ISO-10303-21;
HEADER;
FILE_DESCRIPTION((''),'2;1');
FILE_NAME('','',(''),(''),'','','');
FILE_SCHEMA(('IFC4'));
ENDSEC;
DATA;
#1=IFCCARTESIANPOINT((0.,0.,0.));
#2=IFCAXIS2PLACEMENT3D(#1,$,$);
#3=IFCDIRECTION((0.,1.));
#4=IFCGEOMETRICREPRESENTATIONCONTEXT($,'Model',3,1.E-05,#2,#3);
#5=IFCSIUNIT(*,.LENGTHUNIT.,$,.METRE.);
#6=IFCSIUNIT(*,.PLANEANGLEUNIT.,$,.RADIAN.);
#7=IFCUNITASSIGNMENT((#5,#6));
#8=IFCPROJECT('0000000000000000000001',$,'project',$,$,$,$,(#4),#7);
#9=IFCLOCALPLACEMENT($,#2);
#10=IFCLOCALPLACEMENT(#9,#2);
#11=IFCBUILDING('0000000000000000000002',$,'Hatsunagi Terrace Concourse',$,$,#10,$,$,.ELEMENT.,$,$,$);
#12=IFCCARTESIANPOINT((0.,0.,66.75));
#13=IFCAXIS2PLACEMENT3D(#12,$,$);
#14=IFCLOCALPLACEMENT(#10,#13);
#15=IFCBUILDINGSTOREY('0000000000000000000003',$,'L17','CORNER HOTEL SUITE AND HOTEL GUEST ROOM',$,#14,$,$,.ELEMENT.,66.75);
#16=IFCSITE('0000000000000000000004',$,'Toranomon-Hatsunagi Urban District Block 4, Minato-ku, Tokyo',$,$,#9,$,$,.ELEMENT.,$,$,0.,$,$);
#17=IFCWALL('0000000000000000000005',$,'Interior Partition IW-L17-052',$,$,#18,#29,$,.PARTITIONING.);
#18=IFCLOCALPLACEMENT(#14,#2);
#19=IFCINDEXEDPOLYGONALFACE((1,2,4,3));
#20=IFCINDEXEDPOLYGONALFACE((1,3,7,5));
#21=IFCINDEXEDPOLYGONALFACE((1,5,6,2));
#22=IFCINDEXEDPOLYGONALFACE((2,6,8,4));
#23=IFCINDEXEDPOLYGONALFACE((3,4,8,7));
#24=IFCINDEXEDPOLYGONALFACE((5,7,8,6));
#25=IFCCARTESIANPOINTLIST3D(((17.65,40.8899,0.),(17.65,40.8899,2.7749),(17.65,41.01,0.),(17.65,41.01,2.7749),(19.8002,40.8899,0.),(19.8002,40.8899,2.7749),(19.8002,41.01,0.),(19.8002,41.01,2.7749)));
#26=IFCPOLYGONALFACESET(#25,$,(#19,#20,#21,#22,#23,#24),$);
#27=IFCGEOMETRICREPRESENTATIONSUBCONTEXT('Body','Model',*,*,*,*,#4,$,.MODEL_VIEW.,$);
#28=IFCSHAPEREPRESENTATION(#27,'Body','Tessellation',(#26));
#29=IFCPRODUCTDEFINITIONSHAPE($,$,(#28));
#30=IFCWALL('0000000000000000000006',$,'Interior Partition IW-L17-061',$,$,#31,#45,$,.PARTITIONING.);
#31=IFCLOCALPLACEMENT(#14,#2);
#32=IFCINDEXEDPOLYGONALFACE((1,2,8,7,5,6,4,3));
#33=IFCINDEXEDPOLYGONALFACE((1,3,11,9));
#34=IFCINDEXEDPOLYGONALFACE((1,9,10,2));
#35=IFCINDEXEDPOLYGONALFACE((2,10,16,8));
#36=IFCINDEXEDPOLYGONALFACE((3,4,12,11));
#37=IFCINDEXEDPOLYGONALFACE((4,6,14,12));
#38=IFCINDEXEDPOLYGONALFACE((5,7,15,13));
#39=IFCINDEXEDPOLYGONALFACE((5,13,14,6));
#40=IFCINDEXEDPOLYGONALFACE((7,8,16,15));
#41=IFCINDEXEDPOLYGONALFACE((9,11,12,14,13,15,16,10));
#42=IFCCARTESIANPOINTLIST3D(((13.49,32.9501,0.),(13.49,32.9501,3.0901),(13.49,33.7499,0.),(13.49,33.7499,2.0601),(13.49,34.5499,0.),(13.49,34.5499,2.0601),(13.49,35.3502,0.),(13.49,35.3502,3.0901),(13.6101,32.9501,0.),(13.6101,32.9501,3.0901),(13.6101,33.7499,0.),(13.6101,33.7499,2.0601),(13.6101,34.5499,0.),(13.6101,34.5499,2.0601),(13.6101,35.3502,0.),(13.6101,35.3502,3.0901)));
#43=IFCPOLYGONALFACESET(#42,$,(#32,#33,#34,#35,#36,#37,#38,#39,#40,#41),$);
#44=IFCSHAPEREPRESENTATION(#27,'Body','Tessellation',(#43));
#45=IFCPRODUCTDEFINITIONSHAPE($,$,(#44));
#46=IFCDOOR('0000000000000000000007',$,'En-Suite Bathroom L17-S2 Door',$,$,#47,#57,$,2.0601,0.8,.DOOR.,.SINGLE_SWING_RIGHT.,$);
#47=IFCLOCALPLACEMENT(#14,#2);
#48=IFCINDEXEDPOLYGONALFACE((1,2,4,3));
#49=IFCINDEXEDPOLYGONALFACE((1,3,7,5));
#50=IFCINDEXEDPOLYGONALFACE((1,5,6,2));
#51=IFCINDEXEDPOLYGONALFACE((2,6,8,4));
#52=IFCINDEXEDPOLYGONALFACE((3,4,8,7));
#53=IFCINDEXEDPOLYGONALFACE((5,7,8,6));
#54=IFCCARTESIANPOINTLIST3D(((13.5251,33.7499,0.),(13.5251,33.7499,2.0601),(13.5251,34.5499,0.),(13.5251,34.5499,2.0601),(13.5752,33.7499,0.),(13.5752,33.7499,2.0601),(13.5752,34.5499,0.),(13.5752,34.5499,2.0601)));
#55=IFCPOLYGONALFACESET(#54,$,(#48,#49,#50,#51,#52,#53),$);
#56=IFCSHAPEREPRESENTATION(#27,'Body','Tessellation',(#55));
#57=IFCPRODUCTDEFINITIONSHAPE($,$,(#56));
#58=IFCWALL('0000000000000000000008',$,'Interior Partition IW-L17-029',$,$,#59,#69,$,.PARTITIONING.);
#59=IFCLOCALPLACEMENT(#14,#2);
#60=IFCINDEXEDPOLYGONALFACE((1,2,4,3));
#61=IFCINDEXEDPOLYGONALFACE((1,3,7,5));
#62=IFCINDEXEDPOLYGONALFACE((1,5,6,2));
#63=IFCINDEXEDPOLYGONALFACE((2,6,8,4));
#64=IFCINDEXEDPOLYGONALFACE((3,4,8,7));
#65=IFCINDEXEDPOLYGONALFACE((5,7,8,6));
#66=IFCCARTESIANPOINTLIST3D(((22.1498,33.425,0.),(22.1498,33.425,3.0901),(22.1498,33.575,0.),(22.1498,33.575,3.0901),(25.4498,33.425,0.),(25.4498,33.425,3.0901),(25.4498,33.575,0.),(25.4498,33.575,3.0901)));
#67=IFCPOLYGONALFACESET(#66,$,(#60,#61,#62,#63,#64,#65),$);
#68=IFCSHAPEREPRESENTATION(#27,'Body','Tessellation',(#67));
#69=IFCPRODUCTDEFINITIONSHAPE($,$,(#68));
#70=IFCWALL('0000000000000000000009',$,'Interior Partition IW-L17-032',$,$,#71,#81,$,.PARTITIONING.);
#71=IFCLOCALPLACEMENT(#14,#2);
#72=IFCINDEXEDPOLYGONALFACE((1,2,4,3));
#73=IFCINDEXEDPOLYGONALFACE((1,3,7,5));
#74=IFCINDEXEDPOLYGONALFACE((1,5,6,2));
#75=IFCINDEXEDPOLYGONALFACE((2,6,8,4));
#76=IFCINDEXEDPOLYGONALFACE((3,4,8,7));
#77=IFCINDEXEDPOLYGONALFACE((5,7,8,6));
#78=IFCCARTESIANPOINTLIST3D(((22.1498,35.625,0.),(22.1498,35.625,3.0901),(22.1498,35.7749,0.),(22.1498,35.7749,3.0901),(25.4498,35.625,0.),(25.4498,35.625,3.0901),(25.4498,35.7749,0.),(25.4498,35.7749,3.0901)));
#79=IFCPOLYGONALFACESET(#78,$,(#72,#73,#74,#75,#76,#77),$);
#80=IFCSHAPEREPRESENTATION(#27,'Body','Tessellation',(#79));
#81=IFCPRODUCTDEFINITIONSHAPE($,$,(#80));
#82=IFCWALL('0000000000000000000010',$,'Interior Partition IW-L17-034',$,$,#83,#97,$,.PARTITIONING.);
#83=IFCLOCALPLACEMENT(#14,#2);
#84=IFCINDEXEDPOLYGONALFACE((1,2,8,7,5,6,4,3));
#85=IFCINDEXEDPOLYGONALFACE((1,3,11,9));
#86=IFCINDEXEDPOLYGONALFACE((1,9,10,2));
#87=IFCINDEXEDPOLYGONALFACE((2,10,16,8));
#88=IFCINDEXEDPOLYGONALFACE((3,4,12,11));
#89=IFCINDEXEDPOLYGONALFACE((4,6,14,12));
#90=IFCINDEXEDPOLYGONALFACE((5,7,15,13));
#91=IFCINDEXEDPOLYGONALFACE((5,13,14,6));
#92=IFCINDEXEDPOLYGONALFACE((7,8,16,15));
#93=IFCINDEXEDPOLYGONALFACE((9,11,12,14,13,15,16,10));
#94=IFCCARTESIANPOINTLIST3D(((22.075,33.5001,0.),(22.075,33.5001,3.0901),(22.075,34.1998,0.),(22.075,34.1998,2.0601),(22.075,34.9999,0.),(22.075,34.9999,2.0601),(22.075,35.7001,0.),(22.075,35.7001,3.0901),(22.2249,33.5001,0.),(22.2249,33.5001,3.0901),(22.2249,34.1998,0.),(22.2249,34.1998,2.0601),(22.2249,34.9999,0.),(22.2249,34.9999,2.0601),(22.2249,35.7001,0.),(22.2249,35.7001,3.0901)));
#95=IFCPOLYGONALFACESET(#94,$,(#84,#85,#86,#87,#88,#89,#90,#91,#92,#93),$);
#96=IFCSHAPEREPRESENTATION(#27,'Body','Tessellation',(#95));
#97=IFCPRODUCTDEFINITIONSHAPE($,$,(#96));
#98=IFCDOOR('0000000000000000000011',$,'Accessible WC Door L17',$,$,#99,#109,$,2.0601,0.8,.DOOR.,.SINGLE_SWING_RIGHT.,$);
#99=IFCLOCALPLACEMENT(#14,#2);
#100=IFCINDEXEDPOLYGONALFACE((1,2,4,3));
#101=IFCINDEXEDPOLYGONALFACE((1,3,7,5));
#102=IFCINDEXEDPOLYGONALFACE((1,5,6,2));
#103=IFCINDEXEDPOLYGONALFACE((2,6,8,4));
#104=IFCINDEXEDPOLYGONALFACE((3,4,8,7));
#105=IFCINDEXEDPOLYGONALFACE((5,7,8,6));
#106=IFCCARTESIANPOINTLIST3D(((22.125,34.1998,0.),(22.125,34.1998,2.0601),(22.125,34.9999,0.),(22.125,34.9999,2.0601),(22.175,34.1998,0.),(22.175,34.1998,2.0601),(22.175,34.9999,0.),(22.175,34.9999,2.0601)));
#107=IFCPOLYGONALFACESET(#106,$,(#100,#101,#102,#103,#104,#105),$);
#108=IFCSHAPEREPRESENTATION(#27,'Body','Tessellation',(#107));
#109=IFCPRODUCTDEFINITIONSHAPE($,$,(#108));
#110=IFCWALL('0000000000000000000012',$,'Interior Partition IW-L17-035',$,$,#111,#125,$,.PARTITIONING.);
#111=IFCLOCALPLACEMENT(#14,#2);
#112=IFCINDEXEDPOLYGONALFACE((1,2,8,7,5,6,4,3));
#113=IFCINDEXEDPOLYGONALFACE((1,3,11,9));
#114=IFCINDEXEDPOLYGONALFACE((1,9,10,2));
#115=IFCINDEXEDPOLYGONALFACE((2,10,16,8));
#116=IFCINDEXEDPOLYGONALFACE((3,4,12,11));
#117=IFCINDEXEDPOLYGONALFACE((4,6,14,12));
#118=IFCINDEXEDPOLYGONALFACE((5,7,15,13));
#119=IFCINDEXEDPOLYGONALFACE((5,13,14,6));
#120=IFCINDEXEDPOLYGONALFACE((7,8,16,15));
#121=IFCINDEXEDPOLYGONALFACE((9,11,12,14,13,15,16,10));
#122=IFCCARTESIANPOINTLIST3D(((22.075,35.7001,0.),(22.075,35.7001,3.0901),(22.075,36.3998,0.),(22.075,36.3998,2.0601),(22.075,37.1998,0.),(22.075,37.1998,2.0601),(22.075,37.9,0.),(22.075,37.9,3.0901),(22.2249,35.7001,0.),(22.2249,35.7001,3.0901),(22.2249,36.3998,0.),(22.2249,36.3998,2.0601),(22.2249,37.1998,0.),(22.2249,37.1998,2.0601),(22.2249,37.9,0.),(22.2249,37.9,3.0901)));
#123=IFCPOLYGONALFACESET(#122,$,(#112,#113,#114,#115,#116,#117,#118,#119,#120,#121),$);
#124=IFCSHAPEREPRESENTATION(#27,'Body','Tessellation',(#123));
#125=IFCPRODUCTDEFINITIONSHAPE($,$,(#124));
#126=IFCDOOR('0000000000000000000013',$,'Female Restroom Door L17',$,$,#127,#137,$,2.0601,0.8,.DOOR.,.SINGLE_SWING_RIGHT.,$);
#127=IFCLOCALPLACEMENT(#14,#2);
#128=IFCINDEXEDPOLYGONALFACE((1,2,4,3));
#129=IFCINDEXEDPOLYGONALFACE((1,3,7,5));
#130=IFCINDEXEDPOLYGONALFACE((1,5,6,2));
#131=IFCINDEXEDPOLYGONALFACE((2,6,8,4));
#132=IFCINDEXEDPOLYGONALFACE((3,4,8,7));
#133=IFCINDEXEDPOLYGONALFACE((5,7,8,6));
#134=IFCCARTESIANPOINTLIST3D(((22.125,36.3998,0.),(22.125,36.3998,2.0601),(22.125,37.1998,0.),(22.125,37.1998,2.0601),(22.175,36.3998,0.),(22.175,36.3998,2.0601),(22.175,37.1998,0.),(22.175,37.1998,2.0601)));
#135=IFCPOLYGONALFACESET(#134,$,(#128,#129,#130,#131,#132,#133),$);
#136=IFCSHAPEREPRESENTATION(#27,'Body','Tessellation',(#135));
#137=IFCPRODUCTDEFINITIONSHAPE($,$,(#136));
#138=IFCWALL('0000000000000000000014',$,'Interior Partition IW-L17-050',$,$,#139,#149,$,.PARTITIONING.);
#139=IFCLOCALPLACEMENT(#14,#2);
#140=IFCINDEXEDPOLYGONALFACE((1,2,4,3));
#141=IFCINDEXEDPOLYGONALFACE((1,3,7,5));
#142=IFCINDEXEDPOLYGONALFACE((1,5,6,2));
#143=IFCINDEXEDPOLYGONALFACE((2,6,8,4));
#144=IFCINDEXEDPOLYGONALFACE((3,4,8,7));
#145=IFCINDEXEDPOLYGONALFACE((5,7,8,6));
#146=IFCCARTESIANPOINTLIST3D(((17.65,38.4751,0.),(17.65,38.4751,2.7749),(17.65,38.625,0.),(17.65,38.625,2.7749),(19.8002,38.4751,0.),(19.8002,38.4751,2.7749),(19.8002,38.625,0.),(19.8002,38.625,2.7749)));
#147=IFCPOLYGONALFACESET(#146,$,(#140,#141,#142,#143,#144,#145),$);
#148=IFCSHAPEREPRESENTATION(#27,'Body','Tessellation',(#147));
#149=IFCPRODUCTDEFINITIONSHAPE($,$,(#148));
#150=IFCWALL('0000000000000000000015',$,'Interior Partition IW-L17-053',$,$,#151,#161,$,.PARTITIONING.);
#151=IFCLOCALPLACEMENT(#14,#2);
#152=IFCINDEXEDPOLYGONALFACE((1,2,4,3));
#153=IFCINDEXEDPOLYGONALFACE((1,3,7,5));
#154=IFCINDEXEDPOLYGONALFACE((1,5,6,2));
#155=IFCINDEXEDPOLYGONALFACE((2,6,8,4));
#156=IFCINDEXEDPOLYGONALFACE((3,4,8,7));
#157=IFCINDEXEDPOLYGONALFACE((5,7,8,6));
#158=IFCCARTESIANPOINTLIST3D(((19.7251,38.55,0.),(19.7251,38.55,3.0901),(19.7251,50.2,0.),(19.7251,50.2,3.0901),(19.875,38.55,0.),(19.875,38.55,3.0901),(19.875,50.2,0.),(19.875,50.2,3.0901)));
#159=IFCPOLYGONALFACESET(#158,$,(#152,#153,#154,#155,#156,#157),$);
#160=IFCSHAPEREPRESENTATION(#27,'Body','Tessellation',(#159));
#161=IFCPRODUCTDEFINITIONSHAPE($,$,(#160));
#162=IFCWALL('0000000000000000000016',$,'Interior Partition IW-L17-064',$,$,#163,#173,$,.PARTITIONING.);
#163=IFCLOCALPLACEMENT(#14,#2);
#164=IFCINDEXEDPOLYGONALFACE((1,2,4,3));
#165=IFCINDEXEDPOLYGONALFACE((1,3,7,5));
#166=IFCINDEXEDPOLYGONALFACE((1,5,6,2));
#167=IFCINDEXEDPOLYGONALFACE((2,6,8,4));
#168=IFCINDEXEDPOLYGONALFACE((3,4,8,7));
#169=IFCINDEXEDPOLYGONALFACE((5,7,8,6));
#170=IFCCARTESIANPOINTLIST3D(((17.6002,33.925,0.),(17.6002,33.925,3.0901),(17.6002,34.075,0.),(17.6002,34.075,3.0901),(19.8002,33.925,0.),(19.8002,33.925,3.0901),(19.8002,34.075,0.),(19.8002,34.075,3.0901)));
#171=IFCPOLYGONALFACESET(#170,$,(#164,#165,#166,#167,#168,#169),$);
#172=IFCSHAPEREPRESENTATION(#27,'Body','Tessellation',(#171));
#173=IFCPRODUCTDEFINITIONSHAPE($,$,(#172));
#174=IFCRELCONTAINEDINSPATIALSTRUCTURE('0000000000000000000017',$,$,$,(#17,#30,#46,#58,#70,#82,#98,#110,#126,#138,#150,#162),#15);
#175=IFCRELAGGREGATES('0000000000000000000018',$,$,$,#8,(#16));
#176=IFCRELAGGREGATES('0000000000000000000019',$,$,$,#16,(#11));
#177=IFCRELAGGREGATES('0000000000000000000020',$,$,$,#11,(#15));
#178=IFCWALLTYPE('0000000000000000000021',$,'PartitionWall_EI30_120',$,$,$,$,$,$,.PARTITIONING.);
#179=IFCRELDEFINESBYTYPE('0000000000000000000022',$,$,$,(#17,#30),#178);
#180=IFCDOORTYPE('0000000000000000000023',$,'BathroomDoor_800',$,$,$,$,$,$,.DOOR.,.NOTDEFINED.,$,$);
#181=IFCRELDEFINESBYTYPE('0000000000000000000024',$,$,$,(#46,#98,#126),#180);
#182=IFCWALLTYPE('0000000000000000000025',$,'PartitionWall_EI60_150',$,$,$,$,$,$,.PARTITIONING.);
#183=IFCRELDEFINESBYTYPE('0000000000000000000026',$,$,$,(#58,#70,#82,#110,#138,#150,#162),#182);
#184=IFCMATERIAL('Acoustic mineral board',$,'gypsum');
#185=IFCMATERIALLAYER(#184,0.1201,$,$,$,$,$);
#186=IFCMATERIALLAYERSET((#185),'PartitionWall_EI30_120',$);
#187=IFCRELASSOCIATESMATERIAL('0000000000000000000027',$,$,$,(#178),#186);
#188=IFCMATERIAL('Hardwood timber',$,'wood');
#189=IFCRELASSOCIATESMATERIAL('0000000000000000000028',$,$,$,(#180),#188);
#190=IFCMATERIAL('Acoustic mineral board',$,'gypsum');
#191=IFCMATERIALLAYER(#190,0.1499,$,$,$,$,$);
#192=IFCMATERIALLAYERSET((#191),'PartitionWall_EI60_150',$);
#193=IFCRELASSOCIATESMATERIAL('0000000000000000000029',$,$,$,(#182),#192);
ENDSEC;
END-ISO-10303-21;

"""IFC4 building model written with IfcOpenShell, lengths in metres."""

from ifc_helpers import new_model, si_unit, direction, frame, frame_2d, origin, place, context, subcontext, project, spatial, rectangle, extrude, material, layer, layer_set, type_object, element, fill, save


model = new_model("IFC4")

# Units and contexts
model_context = context("Model", 3, precision=1e-05, world=origin(), true_north=direction((0.0, 1.0)))
body_context = subcontext(model_context, "Body", "Model", "MODEL_VIEW")
ifc_project = project(units=[si_unit("LENGTHUNIT", "METRE"), si_unit("PLANEANGLEUNIT", "RADIAN")], contexts=[model_context])

# Site, building, storey
site_placement = place(None, origin())
site = spatial("IfcSite", under=ifc_project, at=site_placement, Name="Toranomon-Hatsunagi Urban District Block 4, Minato-ku, Tokyo", CompositionType="ELEMENT", RefElevation=0.0)
building_placement = place(site_placement, origin())
building = spatial("IfcBuilding", under=site, at=building_placement, Name="Hatsunagi Terrace Concourse", CompositionType="ELEMENT")
storey_placement = place(building_placement, frame((0.0, 0.0, 66.75)))
storey = spatial("IfcBuildingStorey", under=building, at=storey_placement, Name="L17", Description="CORNER HOTEL SUITE AND HOTEL GUEST ROOM", CompositionType="ELEMENT", Elevation=66.75)

# Shared definitions
ifc_material_1 = material(Name="Acoustic mineral board", Category="gypsum")
ifc_layer_1 = layer(ifc_material_1, 0.1201)
ifc_layer_set_1 = layer_set([ifc_layer_1], Name="PartitionWall_EI30_120")
wall_type_1 = type_object("IfcWallType", Name="PartitionWall_EI30_120", PredefinedType="PARTITIONING", material=ifc_layer_set_1)
ifc_material_2 = material(Name="Hardwood timber", Category="wood")
door_type_1 = type_object("IfcDoorType", Name="BathroomDoor_800", OperationType="NOTDEFINED", PredefinedType="DOOR", material=ifc_material_2)

# Wall
wall_1_placement = place(storey_placement, frame((17.6499, 40.95, 0.0), z_axis=(0.0, 0.0, 1.0), x_axis=(1.0, 0.0, 0.0)))
element("IfcWall", 1, at=wall_1_placement, inside=storey, type_object=wall_type_1, Name="Interior Partition IW-L17-052", PredefinedType="PARTITIONING", context=body_context, shape_type="SweptSolid", body=[
    extrude(rectangle(XDim=2.1501, YDim=0.1201, at=frame_2d((1.0752, 0.0))), origin(), (0.0, 0.0, 1.0), 2.7749),
])

# Wall, opening, door
wall_2_placement = place(storey_placement, frame((13.55, 32.95, 0.0), z_axis=(0.0, 0.0, 1.0), x_axis=(0.0, 1.0, 0.0)))
wall_2 = element("IfcWall", 2, at=wall_2_placement, inside=storey, type_object=wall_type_1, Name="Interior Partition IW-L17-061", PredefinedType="PARTITIONING", context=body_context, shape_type="SweptSolid", body=[
    extrude(rectangle(XDim=2.4001, YDim=0.1201, at=frame_2d((1.2002, 0.0))), origin(), (0.0, 0.0, 1.0), 3.0901),
])
opening_1_placement = place(wall_2_placement, frame((0.8, 0.0, 0.0)))
opening_1 = element("IfcOpeningElement", 3, at=opening_1_placement, cuts=wall_2, PredefinedType="OPENING", context=body_context, shape_type="SweptSolid", body=[
    extrude(rectangle(XDim=0.8, YDim=2.0601, at=frame_2d((0.3999, 1.03))), frame((0.0, 0.0701, 0.0), z_axis=(0.0, -1.0, 0.0), x_axis=(1.0, 0.0, 0.0)), (0.0, 0.0, 1.0), 0.1401),
])
door_1_placement = place(opening_1_placement, origin())
door_1 = element("IfcDoor", 4, at=door_1_placement, inside=storey, type_object=door_type_1, Name="En-Suite Bathroom L17-S2 Door", OperationType="SINGLE_SWING_RIGHT", OverallHeight=2.0601, OverallWidth=0.8, PredefinedType="DOOR", context=body_context, shape_type="SweptSolid", body=[
    extrude(rectangle(XDim=0.8, YDim=2.0601, at=frame_2d((0.3999, 1.03))), frame((0.0, 0.0249, 0.0), z_axis=(0.0, -1.0, 0.0), x_axis=(1.0, 0.0, 0.0)), (0.0, 0.0, 1.0), 0.05),
])
fill(opening_1, door_1)

# Walls
ifc_material_3 = material(Name="Acoustic mineral board", Category="gypsum")
ifc_layer_2 = layer(ifc_material_3, 0.1499)
ifc_layer_set_2 = layer_set([ifc_layer_2], Name="PartitionWall_EI60_150")
wall_type_2 = type_object("IfcWallType", Name="PartitionWall_EI60_150", PredefinedType="PARTITIONING", material=ifc_layer_set_2)
for number, where, z_axis, x_axis, name in (
    (5, (22.1499, 33.5, 0.0), (0.0, 0.0, 1.0), (1.0, 0.0, 0.0), "Interior Partition IW-L17-029"),
    (6, (22.1499, 35.7, 0.0), (0.0, 0.0, 1.0), (1.0, 0.0, 0.0), "Interior Partition IW-L17-032"),
):
    element("IfcWall", number, at=place(storey_placement, frame(where, z_axis=z_axis, x_axis=x_axis)), inside=storey, type_object=wall_type_2, Name=name, PredefinedType="PARTITIONING", context=body_context, shape_type="SweptSolid", body=[
        extrude(rectangle(XDim=3.3, YDim=0.1499, at=frame_2d((1.6499, 0.0))), origin(), (0.0, 0.0, 1.0), 3.0901),
    ])

# Walls, openings, doors
wall_3_placement = place(storey_placement, frame((22.1499, 33.5, 0.0), z_axis=(0.0, 0.0, 1.0), x_axis=(0.0, 1.0, 0.0)))
wall_3 = element("IfcWall", 7, at=wall_3_placement, inside=storey, type_object=wall_type_2, Name="Interior Partition IW-L17-034", PredefinedType="PARTITIONING", context=body_context, shape_type="SweptSolid", body=[
    extrude(rectangle(XDim=2.2, YDim=0.1499, at=frame_2d((1.1001, 0.0))), origin(), (0.0, 0.0, 1.0), 3.0901),
])
opening_2_placement = place(wall_3_placement, frame((0.7, 0.0, 0.0)))
opening_2 = element("IfcOpeningElement", 8, at=opening_2_placement, cuts=wall_3, PredefinedType="OPENING", context=body_context, shape_type="SweptSolid", body=[
    extrude(rectangle(XDim=0.8, YDim=2.0601, at=frame_2d((0.3999, 1.03))), frame((0.0, 0.085, 0.0), z_axis=(0.0, -1.0, 0.0), x_axis=(1.0, 0.0, 0.0)), (0.0, 0.0, 1.0), 0.1699),
])
door_2_placement = place(opening_2_placement, origin())
door_2 = element("IfcDoor", 9, at=door_2_placement, inside=storey, type_object=door_type_1, Name="Accessible WC Door L17", OperationType="SINGLE_SWING_RIGHT", OverallHeight=2.0601, OverallWidth=0.8, PredefinedType="DOOR", context=body_context, shape_type="SweptSolid", body=[
    extrude(rectangle(XDim=0.8, YDim=2.0601, at=frame_2d((0.3999, 1.03))), frame((0.0, 0.0249, 0.0), z_axis=(0.0, -1.0, 0.0), x_axis=(1.0, 0.0, 0.0)), (0.0, 0.0, 1.0), 0.05),
])
fill(opening_2, door_2)
wall_4_placement = place(storey_placement, frame((22.1499, 35.7, 0.0), z_axis=(0.0, 0.0, 1.0), x_axis=(0.0, 1.0, 0.0)))
wall_4 = element("IfcWall", 10, at=wall_4_placement, inside=storey, type_object=wall_type_2, Name="Interior Partition IW-L17-035", PredefinedType="PARTITIONING", context=body_context, shape_type="SweptSolid", body=[
    extrude(rectangle(XDim=2.2, YDim=0.1499, at=frame_2d((1.1001, 0.0))), origin(), (0.0, 0.0, 1.0), 3.0901),
])
opening_3_placement = place(wall_4_placement, frame((0.7, 0.0, 0.0)))
opening_3 = element("IfcOpeningElement", 11, at=opening_3_placement, cuts=wall_4, PredefinedType="OPENING", context=body_context, shape_type="SweptSolid", body=[
    extrude(rectangle(XDim=0.8, YDim=2.0601, at=frame_2d((0.3999, 1.03))), frame((0.0, 0.085, 0.0), z_axis=(0.0, -1.0, 0.0), x_axis=(1.0, 0.0, 0.0)), (0.0, 0.0, 1.0), 0.1699),
])
door_3_placement = place(opening_3_placement, origin())
door_3 = element("IfcDoor", 12, at=door_3_placement, inside=storey, type_object=door_type_1, Name="Female Restroom Door L17", OperationType="SINGLE_SWING_RIGHT", OverallHeight=2.0601, OverallWidth=0.8, PredefinedType="DOOR", context=body_context, shape_type="SweptSolid", body=[
    extrude(rectangle(XDim=0.8, YDim=2.0601, at=frame_2d((0.3999, 1.03))), frame((0.0, 0.0249, 0.0), z_axis=(0.0, -1.0, 0.0), x_axis=(1.0, 0.0, 0.0)), (0.0, 0.0, 1.0), 0.05),
])
fill(opening_3, door_3)

# Walls
wall_5_placement = place(storey_placement, frame((17.6499, 38.55, 0.0), z_axis=(0.0, 0.0, 1.0), x_axis=(1.0, 0.0, 0.0)))
element("IfcWall", 13, at=wall_5_placement, inside=storey, type_object=wall_type_2, Name="Interior Partition IW-L17-050", PredefinedType="PARTITIONING", context=body_context, shape_type="SweptSolid", body=[
    extrude(rectangle(XDim=2.1501, YDim=0.1499, at=frame_2d((1.0752, 0.0))), origin(), (0.0, 0.0, 1.0), 2.7749),
])
wall_6_placement = place(storey_placement, frame((19.8, 38.55, 0.0), z_axis=(0.0, 0.0, 1.0), x_axis=(0.0, 1.0, 0.0)))
element("IfcWall", 14, at=wall_6_placement, inside=storey, type_object=wall_type_2, Name="Interior Partition IW-L17-053", PredefinedType="PARTITIONING", context=body_context, shape_type="SweptSolid", body=[
    extrude(rectangle(XDim=11.6499, YDim=0.1499, at=frame_2d((5.825, 0.0))), origin(), (0.0, 0.0, 1.0), 3.0901),
])

# Wall
wall_7_placement = place(storey_placement, frame((17.6001, 34.0, 0.0), z_axis=(0.0, 0.0, 1.0), x_axis=(1.0, 0.0, 0.0)))
element("IfcWall", 15, at=wall_7_placement, inside=storey, type_object=wall_type_2, Name="Interior Partition IW-L17-064", PredefinedType="PARTITIONING", context=body_context, shape_type="SweptSolid", body=[
    extrude(rectangle(XDim=2.2, YDim=0.1499, at=frame_2d((1.1001, 0.0))), origin(), (0.0, 0.0, 1.0), 3.0901),
])

save(model, "model.ifc")
